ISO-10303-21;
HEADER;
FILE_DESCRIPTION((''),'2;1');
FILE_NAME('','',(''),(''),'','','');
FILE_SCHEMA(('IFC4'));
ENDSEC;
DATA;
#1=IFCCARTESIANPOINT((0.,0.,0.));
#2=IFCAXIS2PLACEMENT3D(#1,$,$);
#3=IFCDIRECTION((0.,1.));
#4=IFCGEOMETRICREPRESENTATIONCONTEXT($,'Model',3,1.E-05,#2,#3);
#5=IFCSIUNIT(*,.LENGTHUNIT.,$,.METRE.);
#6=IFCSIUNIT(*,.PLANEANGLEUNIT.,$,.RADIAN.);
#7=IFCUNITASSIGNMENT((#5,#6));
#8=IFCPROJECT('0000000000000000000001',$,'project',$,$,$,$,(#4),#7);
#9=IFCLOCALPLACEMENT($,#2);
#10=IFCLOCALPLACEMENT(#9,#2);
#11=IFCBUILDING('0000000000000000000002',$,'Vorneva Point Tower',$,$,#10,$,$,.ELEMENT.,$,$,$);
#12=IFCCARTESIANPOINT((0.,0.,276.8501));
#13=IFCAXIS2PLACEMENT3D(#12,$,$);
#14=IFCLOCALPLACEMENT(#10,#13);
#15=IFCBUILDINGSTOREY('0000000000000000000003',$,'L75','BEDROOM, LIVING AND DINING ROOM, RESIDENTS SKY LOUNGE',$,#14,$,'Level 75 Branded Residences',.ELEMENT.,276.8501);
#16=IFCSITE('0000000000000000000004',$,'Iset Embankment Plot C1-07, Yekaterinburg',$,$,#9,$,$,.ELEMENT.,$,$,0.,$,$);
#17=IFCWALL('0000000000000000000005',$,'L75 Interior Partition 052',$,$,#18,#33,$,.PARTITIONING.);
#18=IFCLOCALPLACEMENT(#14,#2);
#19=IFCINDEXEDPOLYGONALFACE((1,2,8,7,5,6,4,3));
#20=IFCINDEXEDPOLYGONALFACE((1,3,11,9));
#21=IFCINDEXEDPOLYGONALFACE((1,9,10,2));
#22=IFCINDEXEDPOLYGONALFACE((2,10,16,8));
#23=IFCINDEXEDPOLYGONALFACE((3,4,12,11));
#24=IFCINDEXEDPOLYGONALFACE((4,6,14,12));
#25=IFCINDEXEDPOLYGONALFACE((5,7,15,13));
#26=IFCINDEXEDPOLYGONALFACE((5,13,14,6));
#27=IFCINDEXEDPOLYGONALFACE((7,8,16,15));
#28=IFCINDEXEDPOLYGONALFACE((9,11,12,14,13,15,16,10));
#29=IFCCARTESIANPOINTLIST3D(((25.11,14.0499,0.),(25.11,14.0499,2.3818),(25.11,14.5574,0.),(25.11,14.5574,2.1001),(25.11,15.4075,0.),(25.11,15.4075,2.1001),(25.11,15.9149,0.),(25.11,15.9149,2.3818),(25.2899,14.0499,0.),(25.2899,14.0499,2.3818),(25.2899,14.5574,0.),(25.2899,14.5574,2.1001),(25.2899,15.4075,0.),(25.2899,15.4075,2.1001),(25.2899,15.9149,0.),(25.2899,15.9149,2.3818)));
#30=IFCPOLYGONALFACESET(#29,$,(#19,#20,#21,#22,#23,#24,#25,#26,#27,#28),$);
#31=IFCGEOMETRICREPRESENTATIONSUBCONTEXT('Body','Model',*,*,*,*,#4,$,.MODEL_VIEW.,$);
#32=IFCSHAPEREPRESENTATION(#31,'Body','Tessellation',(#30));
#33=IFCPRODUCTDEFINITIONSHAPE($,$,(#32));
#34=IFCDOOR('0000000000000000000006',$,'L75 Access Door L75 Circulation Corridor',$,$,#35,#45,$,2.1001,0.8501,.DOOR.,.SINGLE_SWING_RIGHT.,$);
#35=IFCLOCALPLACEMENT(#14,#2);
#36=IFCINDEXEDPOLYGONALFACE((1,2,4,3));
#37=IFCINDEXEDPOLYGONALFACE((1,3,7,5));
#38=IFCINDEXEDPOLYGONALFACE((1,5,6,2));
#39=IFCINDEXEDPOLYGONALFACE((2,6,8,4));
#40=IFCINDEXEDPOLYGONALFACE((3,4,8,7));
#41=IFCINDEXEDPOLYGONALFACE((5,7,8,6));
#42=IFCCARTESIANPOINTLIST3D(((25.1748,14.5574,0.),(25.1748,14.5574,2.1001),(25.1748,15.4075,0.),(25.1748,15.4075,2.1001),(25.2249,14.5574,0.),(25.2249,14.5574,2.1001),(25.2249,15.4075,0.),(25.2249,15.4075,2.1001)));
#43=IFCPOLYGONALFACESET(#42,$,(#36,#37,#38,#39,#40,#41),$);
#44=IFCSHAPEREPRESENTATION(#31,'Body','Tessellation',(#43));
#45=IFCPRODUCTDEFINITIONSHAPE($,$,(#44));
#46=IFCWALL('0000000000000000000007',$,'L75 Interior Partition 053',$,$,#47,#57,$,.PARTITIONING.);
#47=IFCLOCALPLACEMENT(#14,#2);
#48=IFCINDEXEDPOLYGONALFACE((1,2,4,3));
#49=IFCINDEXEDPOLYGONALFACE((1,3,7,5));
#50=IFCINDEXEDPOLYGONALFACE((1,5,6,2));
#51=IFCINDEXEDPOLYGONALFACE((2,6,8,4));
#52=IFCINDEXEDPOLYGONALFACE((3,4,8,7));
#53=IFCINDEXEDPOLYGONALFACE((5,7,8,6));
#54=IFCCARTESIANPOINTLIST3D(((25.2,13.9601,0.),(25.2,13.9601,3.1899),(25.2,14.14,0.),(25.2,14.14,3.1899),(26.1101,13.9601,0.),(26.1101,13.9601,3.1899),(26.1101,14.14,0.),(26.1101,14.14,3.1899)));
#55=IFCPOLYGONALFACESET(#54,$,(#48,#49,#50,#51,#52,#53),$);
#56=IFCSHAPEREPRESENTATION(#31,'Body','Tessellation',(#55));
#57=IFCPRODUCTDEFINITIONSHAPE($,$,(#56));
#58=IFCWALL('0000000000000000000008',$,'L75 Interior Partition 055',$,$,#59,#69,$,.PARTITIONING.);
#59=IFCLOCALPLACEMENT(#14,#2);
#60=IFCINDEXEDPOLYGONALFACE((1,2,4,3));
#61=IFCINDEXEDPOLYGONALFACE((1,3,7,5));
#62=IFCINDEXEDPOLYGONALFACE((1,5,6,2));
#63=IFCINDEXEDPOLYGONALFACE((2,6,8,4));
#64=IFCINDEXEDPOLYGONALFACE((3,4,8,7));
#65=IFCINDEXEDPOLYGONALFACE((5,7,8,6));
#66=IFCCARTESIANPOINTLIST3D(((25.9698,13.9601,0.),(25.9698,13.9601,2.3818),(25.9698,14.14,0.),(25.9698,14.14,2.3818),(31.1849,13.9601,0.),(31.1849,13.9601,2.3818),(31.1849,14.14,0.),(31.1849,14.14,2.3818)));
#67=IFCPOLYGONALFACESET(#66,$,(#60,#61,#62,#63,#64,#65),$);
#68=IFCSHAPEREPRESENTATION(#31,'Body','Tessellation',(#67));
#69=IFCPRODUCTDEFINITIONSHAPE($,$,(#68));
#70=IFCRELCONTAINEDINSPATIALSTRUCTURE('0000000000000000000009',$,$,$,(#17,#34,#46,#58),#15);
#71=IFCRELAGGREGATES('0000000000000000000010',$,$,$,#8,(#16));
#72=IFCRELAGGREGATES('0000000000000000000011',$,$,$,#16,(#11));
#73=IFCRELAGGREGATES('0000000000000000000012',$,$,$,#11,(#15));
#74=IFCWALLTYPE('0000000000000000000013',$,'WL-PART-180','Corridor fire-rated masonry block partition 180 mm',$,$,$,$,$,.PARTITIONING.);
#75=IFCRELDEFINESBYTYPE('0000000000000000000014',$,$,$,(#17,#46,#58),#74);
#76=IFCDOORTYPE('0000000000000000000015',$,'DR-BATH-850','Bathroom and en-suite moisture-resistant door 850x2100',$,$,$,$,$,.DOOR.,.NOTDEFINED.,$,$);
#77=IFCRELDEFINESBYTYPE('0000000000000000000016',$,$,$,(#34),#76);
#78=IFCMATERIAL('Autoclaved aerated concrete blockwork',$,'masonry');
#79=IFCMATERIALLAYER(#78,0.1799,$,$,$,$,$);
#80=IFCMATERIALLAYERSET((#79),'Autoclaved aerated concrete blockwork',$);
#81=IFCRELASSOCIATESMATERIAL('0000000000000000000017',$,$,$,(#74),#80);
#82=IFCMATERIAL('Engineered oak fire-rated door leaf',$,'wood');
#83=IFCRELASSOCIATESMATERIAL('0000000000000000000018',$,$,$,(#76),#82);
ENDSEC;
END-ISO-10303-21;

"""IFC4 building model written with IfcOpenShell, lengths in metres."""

from ifc_helpers import new_model, si_unit, direction, frame, frame_2d, origin, place, context, subcontext, project, spatial, rectangle, extrude, material, layer, layer_set, type_object, element, fill, save


model = new_model("IFC4")

# Units and contexts
model_context = context("Model", 3, precision=1e-05, world=origin(), true_north=direction((0.0, 1.0)))
body_context = subcontext(model_context, "Body", "Model", "MODEL_VIEW")
ifc_project = project(units=[si_unit("LENGTHUNIT", "METRE"), si_unit("PLANEANGLEUNIT", "RADIAN")], contexts=[model_context])

# Site, building, storey
site_placement = place(None, origin())
site = spatial("IfcSite", under=ifc_project, at=site_placement, Name="Iset Embankment Plot C1-07, Yekaterinburg", CompositionType="ELEMENT", RefElevation=0.0)
building_placement = place(site_placement, origin())
building = spatial("IfcBuilding", under=site, at=building_placement, Name="Vorneva Point Tower", CompositionType="ELEMENT")
storey_placement = place(building_placement, frame((0.0, 0.0, 276.8501)))
storey = spatial("IfcBuildingStorey", under=building, at=storey_placement, Name="L75", Description="BEDROOM, LIVING AND DINING ROOM, RESIDENTS SKY LOUNGE", LongName="Level 75 Branded Residences", CompositionType="ELEMENT", Elevation=276.8501)

# Wall, opening, door
ifc_material_1 = material(Name="Autoclaved aerated concrete blockwork", Category="masonry")
ifc_layer_1 = layer(ifc_material_1, 0.1799)
ifc_layer_set_1 = layer_set([ifc_layer_1], Name="Autoclaved aerated concrete blockwork")
wall_type_1 = type_object("IfcWallType", Name="WL-PART-180", Description="Corridor fire-rated masonry block partition 180 mm", PredefinedType="PARTITIONING", material=ifc_layer_set_1)
ifc_material_2 = material(Name="Engineered oak fire-rated door leaf", Category="wood")
door_type = type_object("IfcDoorType", Name="DR-BATH-850", Description="Bathroom and en-suite moisture-resistant door 850x2100", OperationType="NOTDEFINED", PredefinedType="DOOR", material=ifc_material_2)
wall_1_placement = place(storey_placement, frame((25.2, 15.915, 0.0), z_axis=(0.0, 0.0, 1.0), x_axis=(0.0, -1.0, 0.0)))
wall_1 = element("IfcWall", 1, at=wall_1_placement, inside=storey, type_object=wall_type_1, Name="L75 Interior Partition 052", PredefinedType="PARTITIONING", context=body_context, shape_type="SweptSolid", body=[
    extrude(rectangle(XDim=1.865, YDim=0.1799, at=frame_2d((0.9326, 0.0))), origin(), (0.0, 0.0, 1.0), 2.3818),
])
opening_1_placement = place(wall_1_placement, frame((0.5076, 0.0, 0.0)))
opening_1 = element("IfcOpeningElement", 2, at=opening_1_placement, cuts=wall_1, PredefinedType="OPENING", context=body_context, shape_type="SweptSolid", body=[
    extrude(rectangle(XDim=0.8501, YDim=2.1001, at=frame_2d((0.425, 1.05))), frame((0.0, 0.105, 0.0), z_axis=(0.0, -1.0, 0.0), x_axis=(1.0, 0.0, 0.0)), (0.0, 0.0, 1.0), 0.2097),
])
door_1_placement = place(opening_1_placement, origin())
door_1 = element("IfcDoor", 3, at=door_1_placement, inside=storey, type_object=door_type, Name="L75 Access Door L75 Circulation Corridor", OperationType="SINGLE_SWING_RIGHT", OverallHeight=2.1001, OverallWidth=0.8501, PredefinedType="DOOR", context=body_context, shape_type="SweptSolid", body=[
    extrude(rectangle(XDim=0.8501, YDim=2.1001, at=frame_2d((0.425, 1.05))), frame((0.0, 0.0249, 0.0), z_axis=(0.0, -1.0, 0.0), x_axis=(1.0, 0.0, 0.0)), (0.0, 0.0, 1.0), 0.05),
])
fill(opening_1, door_1)

# Walls
wall_2_placement = place(storey_placement, frame((25.2, 14.05, 0.0), z_axis=(0.0, 0.0, 1.0), x_axis=(1.0, 0.0, 0.0)))
element("IfcWall", 4, at=wall_2_placement, inside=storey, type_object=wall_type_1, Name="L75 Interior Partition 053", PredefinedType="PARTITIONING", context=body_context, shape_type="SweptSolid", body=[
    extrude(rectangle(XDim=0.9102, YDim=0.1799, at=frame_2d((0.4551, 0.0))), origin(), (0.0, 0.0, 1.0), 3.1899),
])
wall_3_placement = place(storey_placement, frame((25.97, 14.05, 0.0), z_axis=(0.0, 0.0, 1.0), x_axis=(1.0, 0.0, 0.0)))
element("IfcWall", 5, at=wall_3_placement, inside=storey, type_object=wall_type_1, Name="L75 Interior Partition 055", PredefinedType="PARTITIONING", context=body_context, shape_type="SweptSolid", body=[
    extrude(rectangle(XDim=5.2151, YDim=0.1799, at=frame_2d((2.6074, 0.0))), origin(), (0.0, 0.0, 1.0), 2.3818),
])

save(model, "model.ifc")
